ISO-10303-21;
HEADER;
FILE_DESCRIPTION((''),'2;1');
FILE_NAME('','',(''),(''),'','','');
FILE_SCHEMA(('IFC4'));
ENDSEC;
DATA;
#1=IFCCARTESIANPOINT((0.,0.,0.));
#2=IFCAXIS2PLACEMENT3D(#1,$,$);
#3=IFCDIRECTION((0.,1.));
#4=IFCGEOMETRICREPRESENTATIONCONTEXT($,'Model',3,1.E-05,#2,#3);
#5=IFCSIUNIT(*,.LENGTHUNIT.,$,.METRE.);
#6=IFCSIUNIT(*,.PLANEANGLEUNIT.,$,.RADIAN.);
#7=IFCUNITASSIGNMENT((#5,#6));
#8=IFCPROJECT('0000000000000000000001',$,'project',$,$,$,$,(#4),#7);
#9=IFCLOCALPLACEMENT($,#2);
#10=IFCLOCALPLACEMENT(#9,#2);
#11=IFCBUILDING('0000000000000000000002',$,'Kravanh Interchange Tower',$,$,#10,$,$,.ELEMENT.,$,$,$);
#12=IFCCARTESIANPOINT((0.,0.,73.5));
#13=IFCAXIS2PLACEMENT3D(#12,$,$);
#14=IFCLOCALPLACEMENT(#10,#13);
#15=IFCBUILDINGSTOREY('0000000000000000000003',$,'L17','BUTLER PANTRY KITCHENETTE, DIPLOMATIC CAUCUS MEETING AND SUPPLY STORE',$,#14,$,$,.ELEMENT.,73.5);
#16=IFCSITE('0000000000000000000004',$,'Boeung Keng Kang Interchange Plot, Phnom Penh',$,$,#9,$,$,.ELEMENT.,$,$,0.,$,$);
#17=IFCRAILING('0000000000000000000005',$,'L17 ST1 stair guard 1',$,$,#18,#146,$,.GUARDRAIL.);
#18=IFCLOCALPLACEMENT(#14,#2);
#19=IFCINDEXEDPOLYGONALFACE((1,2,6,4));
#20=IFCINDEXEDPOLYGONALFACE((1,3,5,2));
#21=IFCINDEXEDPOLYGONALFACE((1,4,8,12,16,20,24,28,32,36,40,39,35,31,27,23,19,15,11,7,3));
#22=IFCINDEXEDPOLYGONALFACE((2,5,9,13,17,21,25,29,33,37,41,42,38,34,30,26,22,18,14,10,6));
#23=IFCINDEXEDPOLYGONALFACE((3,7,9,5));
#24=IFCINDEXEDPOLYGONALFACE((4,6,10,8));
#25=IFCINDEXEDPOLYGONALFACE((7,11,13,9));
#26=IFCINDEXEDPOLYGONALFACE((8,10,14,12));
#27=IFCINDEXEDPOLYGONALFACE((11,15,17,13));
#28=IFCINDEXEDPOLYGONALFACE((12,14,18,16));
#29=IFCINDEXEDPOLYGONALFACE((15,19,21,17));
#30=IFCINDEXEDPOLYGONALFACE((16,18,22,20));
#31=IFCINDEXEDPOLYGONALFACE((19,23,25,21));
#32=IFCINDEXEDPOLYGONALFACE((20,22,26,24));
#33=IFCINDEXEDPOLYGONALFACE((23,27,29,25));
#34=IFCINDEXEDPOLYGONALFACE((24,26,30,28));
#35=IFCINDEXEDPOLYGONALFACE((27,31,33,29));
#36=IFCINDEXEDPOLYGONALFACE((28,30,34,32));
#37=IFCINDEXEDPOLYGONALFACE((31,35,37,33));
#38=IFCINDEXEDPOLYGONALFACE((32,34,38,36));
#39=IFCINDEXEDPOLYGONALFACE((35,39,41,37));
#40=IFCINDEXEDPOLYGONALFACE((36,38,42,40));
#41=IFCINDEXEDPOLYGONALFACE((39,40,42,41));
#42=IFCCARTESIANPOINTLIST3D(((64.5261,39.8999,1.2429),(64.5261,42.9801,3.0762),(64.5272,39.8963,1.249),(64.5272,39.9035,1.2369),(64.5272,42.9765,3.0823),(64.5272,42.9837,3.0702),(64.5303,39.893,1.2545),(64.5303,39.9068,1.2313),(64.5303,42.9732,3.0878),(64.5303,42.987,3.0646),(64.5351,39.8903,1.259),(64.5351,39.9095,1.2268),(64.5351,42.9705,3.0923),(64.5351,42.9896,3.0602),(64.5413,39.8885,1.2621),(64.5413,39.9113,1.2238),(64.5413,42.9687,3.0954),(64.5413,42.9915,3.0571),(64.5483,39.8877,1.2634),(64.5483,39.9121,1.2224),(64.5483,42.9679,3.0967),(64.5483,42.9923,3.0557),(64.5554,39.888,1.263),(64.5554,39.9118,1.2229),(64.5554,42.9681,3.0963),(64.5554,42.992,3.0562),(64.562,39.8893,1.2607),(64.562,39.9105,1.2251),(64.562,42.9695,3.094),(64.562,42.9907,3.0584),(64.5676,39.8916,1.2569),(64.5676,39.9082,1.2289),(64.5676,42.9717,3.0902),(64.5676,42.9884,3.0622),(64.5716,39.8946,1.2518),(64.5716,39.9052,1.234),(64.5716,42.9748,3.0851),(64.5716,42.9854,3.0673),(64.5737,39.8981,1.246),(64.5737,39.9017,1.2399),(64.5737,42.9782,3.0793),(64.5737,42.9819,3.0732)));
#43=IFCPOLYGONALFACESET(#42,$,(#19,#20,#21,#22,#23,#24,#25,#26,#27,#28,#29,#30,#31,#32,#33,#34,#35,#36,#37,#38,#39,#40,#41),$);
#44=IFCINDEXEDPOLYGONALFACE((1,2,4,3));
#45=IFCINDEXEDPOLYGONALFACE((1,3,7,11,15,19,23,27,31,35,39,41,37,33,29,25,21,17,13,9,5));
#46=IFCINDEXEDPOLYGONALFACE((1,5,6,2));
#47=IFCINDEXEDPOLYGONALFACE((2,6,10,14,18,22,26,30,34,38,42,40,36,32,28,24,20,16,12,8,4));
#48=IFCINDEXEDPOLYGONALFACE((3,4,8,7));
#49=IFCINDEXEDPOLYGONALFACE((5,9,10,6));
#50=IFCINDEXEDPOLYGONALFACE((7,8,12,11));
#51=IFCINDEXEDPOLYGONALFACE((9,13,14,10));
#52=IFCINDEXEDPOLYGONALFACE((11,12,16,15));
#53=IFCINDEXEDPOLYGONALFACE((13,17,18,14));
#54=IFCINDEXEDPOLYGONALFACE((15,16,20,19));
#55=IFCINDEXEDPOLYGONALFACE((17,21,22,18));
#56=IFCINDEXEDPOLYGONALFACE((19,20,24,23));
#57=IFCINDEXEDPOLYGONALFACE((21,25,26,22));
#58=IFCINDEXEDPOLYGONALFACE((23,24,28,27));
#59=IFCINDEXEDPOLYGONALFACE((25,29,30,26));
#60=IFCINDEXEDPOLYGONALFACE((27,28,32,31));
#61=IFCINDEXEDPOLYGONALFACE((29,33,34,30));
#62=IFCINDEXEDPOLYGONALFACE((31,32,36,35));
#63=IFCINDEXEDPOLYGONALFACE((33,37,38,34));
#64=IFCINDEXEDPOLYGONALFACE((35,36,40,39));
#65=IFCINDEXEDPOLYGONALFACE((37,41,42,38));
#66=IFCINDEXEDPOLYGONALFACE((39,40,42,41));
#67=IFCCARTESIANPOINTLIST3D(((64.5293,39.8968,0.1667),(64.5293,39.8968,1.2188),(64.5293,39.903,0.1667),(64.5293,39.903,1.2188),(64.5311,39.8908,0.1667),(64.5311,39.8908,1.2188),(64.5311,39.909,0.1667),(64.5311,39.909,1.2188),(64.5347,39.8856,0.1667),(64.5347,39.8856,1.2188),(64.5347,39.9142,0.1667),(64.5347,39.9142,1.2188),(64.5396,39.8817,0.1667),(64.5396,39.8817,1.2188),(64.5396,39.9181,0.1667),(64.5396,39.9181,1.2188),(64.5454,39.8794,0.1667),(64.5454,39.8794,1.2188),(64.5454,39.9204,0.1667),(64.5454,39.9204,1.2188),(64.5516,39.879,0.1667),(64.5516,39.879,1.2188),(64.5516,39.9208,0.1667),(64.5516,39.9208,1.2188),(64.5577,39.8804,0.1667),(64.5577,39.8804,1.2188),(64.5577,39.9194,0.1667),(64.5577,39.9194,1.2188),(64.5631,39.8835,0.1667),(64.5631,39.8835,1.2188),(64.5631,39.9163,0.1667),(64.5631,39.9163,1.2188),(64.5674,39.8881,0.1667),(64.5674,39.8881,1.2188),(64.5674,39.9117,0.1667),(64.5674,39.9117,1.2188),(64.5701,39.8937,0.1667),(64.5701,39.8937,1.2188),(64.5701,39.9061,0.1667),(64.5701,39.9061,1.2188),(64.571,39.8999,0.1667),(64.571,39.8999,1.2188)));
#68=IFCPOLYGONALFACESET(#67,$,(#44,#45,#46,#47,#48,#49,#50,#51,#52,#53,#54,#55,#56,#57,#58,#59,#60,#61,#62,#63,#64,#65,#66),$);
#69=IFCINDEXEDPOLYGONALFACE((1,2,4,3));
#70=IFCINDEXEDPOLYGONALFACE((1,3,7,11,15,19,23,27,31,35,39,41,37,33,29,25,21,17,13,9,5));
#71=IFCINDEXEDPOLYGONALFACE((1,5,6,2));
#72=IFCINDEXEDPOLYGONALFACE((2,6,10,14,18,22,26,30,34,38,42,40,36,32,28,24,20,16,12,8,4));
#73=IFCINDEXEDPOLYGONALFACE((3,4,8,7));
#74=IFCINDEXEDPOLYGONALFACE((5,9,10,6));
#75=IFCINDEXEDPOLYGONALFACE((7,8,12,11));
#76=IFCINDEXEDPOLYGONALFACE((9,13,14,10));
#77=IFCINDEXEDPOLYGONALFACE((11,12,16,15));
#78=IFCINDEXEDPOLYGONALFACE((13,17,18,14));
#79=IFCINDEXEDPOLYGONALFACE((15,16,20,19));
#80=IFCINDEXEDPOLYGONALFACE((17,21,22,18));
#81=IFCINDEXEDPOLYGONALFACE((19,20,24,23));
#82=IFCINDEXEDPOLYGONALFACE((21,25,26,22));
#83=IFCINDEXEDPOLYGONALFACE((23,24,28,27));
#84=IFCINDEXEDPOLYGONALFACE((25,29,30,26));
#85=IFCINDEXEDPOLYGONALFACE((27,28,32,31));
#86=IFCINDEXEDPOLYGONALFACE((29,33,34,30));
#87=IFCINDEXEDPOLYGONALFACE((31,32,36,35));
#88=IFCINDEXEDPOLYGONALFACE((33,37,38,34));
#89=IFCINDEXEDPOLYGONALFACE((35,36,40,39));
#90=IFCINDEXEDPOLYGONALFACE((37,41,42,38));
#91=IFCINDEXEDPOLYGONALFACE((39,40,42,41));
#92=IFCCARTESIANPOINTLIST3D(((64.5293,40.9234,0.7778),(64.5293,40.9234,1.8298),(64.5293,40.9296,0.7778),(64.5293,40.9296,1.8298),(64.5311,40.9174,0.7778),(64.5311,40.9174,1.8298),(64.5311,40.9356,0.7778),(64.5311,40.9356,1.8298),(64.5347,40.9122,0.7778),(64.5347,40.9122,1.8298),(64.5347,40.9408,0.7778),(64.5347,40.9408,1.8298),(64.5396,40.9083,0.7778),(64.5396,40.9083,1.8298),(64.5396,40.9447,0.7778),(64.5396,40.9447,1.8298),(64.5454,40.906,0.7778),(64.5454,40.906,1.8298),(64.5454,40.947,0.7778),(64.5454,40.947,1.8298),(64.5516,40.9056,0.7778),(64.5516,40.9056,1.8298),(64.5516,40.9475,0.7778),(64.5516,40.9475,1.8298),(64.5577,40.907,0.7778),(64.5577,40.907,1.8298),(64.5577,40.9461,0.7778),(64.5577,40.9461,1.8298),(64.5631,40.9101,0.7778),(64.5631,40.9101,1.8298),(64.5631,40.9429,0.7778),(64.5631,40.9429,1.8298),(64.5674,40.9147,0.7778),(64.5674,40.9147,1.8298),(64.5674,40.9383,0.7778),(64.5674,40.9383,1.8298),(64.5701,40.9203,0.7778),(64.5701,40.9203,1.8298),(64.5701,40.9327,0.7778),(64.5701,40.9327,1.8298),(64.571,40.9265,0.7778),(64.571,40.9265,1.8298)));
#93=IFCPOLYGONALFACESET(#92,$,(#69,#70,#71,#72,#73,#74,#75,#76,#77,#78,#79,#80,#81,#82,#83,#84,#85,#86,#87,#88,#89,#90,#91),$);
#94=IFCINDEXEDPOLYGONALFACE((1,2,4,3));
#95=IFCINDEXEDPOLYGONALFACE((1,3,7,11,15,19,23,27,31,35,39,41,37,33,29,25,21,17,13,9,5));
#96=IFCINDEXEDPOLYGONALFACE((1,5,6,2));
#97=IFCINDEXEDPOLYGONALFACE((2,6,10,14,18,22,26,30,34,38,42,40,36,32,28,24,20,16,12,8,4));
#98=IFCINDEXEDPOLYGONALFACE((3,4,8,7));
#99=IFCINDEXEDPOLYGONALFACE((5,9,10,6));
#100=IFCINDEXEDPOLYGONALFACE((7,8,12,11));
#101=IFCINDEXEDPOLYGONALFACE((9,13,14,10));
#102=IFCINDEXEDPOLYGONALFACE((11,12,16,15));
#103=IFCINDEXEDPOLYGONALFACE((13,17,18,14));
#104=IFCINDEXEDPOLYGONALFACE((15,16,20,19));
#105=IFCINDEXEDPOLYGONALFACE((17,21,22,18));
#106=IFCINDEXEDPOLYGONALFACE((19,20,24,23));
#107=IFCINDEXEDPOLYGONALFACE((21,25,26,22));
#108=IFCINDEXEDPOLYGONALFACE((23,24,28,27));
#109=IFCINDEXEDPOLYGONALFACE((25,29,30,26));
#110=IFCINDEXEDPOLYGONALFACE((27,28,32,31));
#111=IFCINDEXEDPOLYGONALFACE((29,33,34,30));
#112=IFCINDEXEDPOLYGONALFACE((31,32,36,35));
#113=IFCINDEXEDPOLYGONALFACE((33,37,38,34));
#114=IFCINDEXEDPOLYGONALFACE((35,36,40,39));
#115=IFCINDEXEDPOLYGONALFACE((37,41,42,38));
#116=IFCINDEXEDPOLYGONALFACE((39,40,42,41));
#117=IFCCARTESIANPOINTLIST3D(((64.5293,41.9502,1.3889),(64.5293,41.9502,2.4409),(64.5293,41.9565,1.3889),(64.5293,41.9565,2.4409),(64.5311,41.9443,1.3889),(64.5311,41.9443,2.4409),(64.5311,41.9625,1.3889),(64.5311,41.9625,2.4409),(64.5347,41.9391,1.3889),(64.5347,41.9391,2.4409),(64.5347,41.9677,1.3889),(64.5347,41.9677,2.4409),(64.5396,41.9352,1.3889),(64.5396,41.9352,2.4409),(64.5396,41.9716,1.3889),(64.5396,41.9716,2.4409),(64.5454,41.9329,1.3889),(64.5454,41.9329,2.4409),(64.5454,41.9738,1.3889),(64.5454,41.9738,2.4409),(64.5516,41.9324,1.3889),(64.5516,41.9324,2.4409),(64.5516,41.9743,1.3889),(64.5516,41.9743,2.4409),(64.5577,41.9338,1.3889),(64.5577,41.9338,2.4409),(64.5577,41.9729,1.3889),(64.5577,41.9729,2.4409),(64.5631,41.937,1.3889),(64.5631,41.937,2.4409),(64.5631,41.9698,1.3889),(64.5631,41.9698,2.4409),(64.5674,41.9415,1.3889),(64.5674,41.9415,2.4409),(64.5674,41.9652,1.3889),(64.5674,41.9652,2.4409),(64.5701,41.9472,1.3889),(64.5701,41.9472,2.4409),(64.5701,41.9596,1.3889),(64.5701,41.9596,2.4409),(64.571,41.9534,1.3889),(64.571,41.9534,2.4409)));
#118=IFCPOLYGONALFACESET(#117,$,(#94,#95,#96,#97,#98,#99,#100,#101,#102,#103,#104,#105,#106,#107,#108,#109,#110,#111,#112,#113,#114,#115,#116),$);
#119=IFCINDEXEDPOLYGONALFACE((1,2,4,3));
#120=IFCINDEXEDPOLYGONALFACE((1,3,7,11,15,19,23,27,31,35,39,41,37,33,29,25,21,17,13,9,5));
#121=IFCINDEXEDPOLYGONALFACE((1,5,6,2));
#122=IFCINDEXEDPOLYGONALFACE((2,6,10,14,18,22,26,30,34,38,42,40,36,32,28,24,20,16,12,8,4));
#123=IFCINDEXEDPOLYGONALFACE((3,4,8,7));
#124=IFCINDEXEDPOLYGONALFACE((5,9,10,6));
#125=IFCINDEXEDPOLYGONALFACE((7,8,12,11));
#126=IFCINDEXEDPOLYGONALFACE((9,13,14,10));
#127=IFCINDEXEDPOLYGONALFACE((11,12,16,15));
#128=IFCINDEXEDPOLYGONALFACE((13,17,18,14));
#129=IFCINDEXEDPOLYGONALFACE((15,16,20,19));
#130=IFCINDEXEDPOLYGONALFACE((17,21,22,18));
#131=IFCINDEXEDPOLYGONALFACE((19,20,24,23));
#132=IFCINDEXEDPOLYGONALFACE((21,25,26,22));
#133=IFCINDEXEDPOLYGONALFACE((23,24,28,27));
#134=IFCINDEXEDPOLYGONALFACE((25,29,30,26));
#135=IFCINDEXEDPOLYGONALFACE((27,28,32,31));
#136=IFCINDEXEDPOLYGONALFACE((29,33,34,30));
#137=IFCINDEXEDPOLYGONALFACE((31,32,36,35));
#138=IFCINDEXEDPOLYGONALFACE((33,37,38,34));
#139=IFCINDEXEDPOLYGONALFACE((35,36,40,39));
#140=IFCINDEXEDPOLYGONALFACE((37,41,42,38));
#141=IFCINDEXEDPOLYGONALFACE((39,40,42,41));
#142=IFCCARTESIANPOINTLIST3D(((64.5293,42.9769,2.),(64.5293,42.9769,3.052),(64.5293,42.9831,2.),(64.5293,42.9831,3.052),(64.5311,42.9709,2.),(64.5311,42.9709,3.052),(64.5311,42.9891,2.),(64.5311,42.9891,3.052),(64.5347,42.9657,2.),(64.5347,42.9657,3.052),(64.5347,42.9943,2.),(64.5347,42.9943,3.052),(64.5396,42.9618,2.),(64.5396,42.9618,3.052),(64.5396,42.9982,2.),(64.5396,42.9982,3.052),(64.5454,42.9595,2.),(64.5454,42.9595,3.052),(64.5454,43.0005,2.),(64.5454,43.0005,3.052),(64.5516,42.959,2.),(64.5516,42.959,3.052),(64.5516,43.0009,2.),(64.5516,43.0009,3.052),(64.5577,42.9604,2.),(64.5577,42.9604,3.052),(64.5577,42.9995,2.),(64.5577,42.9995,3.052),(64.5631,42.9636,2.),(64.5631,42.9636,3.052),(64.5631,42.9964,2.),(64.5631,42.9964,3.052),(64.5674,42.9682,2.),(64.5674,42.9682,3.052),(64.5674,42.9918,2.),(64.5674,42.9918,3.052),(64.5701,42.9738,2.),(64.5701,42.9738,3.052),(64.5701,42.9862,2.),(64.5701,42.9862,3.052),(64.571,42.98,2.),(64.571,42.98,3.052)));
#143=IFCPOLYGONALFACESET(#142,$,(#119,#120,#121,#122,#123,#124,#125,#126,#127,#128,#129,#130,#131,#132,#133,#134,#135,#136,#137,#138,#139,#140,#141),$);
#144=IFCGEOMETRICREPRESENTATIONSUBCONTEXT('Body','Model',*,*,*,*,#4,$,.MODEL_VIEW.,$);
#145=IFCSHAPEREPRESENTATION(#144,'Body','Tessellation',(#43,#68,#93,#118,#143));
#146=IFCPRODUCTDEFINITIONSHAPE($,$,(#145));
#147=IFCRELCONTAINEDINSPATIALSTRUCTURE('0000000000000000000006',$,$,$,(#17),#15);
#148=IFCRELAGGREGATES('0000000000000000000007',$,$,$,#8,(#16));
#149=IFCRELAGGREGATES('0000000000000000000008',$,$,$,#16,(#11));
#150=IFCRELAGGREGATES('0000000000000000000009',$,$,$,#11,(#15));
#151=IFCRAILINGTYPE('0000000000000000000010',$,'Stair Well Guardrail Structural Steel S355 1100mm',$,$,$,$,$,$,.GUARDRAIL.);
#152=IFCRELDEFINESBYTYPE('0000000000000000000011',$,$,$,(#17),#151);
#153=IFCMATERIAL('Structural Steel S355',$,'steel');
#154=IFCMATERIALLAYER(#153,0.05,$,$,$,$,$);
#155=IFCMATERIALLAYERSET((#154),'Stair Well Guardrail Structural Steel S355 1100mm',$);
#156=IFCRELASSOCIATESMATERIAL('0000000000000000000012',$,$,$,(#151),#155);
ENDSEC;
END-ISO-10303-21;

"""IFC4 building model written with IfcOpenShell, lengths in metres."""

from ifc_helpers import new_model, si_unit, direction, frame, origin, origin_2d, place, context, subcontext, project, spatial, circle, extrude, material, layer, layer_set, type_object, element, save


model = new_model("IFC4")

# Units and contexts
model_context = context("Model", 3, precision=1e-05, world=origin(), true_north=direction((0.0, 1.0)))
body_context = subcontext(model_context, "Body", "Model", "MODEL_VIEW")
ifc_project = project(units=[si_unit("LENGTHUNIT", "METRE"), si_unit("PLANEANGLEUNIT", "RADIAN")], contexts=[model_context])

# Site, building, storey
site_placement = place(None, origin())
site = spatial("IfcSite", under=ifc_project, at=site_placement, Name="Boeung Keng Kang Interchange Plot, Phnom Penh", CompositionType="ELEMENT", RefElevation=0.0)
building_placement = place(site_placement, origin())
building = spatial("IfcBuilding", under=site, at=building_placement, Name="Kravanh Interchange Tower", CompositionType="ELEMENT")
storey_placement = place(building_placement, frame((0.0, 0.0, 73.5)))
storey = spatial("IfcBuildingStorey", under=building, at=storey_placement, Name="L17", Description="BUTLER PANTRY KITCHENETTE, DIPLOMATIC CAUCUS MEETING AND SUPPLY STORE", CompositionType="ELEMENT", Elevation=73.5)

# Railing
ifc_material_1 = material(Name="Structural Steel S355", Category="steel")
ifc_layer_1 = layer(ifc_material_1, 0.05)
ifc_layer_set_1 = layer_set([ifc_layer_1], Name="Stair Well Guardrail Structural Steel S355 1100mm")
railing_type_1 = type_object("IfcRailingType", Name="Stair Well Guardrail Structural Steel S355 1100mm", PredefinedType="GUARDRAIL", material=ifc_layer_set_1)
railing_1_placement = place(storey_placement, frame((64.55, 39.8999, 0.1667)))
element("IfcRailing", 1, at=railing_1_placement, inside=storey, type_object=railing_type_1, Name="L17 ST1 stair guard 1", PredefinedType="GUARDRAIL", context=body_context, shape_type="SweptSolid", body=[
    extrude(circle(Radius=0.0239, at=origin_2d()), frame((0.0, 0.0, 1.0762), z_axis=(0.0, 0.859309, 0.511458), x_axis=(-1.0, 0.0, 0.0)), (0.0, 0.0, 1.0), 3.5845),
    extrude(circle(Radius=0.021, at=origin_2d()), origin(), (0.0, 0.0, 1.0), 1.052),
    extrude(circle(Radius=0.021, at=origin_2d()), frame((0.0, 1.0266, 0.6111)), (0.0, 0.0, 1.0), 1.052),
    extrude(circle(Radius=0.021, at=origin_2d()), frame((0.0, 2.0535, 1.2222)), (0.0, 0.0, 1.0), 1.052),
    extrude(circle(Radius=0.021, at=origin_2d()), frame((0.0, 3.0801, 1.8333)), (0.0, 0.0, 1.0), 1.052),
])

save(model, "model.ifc")
